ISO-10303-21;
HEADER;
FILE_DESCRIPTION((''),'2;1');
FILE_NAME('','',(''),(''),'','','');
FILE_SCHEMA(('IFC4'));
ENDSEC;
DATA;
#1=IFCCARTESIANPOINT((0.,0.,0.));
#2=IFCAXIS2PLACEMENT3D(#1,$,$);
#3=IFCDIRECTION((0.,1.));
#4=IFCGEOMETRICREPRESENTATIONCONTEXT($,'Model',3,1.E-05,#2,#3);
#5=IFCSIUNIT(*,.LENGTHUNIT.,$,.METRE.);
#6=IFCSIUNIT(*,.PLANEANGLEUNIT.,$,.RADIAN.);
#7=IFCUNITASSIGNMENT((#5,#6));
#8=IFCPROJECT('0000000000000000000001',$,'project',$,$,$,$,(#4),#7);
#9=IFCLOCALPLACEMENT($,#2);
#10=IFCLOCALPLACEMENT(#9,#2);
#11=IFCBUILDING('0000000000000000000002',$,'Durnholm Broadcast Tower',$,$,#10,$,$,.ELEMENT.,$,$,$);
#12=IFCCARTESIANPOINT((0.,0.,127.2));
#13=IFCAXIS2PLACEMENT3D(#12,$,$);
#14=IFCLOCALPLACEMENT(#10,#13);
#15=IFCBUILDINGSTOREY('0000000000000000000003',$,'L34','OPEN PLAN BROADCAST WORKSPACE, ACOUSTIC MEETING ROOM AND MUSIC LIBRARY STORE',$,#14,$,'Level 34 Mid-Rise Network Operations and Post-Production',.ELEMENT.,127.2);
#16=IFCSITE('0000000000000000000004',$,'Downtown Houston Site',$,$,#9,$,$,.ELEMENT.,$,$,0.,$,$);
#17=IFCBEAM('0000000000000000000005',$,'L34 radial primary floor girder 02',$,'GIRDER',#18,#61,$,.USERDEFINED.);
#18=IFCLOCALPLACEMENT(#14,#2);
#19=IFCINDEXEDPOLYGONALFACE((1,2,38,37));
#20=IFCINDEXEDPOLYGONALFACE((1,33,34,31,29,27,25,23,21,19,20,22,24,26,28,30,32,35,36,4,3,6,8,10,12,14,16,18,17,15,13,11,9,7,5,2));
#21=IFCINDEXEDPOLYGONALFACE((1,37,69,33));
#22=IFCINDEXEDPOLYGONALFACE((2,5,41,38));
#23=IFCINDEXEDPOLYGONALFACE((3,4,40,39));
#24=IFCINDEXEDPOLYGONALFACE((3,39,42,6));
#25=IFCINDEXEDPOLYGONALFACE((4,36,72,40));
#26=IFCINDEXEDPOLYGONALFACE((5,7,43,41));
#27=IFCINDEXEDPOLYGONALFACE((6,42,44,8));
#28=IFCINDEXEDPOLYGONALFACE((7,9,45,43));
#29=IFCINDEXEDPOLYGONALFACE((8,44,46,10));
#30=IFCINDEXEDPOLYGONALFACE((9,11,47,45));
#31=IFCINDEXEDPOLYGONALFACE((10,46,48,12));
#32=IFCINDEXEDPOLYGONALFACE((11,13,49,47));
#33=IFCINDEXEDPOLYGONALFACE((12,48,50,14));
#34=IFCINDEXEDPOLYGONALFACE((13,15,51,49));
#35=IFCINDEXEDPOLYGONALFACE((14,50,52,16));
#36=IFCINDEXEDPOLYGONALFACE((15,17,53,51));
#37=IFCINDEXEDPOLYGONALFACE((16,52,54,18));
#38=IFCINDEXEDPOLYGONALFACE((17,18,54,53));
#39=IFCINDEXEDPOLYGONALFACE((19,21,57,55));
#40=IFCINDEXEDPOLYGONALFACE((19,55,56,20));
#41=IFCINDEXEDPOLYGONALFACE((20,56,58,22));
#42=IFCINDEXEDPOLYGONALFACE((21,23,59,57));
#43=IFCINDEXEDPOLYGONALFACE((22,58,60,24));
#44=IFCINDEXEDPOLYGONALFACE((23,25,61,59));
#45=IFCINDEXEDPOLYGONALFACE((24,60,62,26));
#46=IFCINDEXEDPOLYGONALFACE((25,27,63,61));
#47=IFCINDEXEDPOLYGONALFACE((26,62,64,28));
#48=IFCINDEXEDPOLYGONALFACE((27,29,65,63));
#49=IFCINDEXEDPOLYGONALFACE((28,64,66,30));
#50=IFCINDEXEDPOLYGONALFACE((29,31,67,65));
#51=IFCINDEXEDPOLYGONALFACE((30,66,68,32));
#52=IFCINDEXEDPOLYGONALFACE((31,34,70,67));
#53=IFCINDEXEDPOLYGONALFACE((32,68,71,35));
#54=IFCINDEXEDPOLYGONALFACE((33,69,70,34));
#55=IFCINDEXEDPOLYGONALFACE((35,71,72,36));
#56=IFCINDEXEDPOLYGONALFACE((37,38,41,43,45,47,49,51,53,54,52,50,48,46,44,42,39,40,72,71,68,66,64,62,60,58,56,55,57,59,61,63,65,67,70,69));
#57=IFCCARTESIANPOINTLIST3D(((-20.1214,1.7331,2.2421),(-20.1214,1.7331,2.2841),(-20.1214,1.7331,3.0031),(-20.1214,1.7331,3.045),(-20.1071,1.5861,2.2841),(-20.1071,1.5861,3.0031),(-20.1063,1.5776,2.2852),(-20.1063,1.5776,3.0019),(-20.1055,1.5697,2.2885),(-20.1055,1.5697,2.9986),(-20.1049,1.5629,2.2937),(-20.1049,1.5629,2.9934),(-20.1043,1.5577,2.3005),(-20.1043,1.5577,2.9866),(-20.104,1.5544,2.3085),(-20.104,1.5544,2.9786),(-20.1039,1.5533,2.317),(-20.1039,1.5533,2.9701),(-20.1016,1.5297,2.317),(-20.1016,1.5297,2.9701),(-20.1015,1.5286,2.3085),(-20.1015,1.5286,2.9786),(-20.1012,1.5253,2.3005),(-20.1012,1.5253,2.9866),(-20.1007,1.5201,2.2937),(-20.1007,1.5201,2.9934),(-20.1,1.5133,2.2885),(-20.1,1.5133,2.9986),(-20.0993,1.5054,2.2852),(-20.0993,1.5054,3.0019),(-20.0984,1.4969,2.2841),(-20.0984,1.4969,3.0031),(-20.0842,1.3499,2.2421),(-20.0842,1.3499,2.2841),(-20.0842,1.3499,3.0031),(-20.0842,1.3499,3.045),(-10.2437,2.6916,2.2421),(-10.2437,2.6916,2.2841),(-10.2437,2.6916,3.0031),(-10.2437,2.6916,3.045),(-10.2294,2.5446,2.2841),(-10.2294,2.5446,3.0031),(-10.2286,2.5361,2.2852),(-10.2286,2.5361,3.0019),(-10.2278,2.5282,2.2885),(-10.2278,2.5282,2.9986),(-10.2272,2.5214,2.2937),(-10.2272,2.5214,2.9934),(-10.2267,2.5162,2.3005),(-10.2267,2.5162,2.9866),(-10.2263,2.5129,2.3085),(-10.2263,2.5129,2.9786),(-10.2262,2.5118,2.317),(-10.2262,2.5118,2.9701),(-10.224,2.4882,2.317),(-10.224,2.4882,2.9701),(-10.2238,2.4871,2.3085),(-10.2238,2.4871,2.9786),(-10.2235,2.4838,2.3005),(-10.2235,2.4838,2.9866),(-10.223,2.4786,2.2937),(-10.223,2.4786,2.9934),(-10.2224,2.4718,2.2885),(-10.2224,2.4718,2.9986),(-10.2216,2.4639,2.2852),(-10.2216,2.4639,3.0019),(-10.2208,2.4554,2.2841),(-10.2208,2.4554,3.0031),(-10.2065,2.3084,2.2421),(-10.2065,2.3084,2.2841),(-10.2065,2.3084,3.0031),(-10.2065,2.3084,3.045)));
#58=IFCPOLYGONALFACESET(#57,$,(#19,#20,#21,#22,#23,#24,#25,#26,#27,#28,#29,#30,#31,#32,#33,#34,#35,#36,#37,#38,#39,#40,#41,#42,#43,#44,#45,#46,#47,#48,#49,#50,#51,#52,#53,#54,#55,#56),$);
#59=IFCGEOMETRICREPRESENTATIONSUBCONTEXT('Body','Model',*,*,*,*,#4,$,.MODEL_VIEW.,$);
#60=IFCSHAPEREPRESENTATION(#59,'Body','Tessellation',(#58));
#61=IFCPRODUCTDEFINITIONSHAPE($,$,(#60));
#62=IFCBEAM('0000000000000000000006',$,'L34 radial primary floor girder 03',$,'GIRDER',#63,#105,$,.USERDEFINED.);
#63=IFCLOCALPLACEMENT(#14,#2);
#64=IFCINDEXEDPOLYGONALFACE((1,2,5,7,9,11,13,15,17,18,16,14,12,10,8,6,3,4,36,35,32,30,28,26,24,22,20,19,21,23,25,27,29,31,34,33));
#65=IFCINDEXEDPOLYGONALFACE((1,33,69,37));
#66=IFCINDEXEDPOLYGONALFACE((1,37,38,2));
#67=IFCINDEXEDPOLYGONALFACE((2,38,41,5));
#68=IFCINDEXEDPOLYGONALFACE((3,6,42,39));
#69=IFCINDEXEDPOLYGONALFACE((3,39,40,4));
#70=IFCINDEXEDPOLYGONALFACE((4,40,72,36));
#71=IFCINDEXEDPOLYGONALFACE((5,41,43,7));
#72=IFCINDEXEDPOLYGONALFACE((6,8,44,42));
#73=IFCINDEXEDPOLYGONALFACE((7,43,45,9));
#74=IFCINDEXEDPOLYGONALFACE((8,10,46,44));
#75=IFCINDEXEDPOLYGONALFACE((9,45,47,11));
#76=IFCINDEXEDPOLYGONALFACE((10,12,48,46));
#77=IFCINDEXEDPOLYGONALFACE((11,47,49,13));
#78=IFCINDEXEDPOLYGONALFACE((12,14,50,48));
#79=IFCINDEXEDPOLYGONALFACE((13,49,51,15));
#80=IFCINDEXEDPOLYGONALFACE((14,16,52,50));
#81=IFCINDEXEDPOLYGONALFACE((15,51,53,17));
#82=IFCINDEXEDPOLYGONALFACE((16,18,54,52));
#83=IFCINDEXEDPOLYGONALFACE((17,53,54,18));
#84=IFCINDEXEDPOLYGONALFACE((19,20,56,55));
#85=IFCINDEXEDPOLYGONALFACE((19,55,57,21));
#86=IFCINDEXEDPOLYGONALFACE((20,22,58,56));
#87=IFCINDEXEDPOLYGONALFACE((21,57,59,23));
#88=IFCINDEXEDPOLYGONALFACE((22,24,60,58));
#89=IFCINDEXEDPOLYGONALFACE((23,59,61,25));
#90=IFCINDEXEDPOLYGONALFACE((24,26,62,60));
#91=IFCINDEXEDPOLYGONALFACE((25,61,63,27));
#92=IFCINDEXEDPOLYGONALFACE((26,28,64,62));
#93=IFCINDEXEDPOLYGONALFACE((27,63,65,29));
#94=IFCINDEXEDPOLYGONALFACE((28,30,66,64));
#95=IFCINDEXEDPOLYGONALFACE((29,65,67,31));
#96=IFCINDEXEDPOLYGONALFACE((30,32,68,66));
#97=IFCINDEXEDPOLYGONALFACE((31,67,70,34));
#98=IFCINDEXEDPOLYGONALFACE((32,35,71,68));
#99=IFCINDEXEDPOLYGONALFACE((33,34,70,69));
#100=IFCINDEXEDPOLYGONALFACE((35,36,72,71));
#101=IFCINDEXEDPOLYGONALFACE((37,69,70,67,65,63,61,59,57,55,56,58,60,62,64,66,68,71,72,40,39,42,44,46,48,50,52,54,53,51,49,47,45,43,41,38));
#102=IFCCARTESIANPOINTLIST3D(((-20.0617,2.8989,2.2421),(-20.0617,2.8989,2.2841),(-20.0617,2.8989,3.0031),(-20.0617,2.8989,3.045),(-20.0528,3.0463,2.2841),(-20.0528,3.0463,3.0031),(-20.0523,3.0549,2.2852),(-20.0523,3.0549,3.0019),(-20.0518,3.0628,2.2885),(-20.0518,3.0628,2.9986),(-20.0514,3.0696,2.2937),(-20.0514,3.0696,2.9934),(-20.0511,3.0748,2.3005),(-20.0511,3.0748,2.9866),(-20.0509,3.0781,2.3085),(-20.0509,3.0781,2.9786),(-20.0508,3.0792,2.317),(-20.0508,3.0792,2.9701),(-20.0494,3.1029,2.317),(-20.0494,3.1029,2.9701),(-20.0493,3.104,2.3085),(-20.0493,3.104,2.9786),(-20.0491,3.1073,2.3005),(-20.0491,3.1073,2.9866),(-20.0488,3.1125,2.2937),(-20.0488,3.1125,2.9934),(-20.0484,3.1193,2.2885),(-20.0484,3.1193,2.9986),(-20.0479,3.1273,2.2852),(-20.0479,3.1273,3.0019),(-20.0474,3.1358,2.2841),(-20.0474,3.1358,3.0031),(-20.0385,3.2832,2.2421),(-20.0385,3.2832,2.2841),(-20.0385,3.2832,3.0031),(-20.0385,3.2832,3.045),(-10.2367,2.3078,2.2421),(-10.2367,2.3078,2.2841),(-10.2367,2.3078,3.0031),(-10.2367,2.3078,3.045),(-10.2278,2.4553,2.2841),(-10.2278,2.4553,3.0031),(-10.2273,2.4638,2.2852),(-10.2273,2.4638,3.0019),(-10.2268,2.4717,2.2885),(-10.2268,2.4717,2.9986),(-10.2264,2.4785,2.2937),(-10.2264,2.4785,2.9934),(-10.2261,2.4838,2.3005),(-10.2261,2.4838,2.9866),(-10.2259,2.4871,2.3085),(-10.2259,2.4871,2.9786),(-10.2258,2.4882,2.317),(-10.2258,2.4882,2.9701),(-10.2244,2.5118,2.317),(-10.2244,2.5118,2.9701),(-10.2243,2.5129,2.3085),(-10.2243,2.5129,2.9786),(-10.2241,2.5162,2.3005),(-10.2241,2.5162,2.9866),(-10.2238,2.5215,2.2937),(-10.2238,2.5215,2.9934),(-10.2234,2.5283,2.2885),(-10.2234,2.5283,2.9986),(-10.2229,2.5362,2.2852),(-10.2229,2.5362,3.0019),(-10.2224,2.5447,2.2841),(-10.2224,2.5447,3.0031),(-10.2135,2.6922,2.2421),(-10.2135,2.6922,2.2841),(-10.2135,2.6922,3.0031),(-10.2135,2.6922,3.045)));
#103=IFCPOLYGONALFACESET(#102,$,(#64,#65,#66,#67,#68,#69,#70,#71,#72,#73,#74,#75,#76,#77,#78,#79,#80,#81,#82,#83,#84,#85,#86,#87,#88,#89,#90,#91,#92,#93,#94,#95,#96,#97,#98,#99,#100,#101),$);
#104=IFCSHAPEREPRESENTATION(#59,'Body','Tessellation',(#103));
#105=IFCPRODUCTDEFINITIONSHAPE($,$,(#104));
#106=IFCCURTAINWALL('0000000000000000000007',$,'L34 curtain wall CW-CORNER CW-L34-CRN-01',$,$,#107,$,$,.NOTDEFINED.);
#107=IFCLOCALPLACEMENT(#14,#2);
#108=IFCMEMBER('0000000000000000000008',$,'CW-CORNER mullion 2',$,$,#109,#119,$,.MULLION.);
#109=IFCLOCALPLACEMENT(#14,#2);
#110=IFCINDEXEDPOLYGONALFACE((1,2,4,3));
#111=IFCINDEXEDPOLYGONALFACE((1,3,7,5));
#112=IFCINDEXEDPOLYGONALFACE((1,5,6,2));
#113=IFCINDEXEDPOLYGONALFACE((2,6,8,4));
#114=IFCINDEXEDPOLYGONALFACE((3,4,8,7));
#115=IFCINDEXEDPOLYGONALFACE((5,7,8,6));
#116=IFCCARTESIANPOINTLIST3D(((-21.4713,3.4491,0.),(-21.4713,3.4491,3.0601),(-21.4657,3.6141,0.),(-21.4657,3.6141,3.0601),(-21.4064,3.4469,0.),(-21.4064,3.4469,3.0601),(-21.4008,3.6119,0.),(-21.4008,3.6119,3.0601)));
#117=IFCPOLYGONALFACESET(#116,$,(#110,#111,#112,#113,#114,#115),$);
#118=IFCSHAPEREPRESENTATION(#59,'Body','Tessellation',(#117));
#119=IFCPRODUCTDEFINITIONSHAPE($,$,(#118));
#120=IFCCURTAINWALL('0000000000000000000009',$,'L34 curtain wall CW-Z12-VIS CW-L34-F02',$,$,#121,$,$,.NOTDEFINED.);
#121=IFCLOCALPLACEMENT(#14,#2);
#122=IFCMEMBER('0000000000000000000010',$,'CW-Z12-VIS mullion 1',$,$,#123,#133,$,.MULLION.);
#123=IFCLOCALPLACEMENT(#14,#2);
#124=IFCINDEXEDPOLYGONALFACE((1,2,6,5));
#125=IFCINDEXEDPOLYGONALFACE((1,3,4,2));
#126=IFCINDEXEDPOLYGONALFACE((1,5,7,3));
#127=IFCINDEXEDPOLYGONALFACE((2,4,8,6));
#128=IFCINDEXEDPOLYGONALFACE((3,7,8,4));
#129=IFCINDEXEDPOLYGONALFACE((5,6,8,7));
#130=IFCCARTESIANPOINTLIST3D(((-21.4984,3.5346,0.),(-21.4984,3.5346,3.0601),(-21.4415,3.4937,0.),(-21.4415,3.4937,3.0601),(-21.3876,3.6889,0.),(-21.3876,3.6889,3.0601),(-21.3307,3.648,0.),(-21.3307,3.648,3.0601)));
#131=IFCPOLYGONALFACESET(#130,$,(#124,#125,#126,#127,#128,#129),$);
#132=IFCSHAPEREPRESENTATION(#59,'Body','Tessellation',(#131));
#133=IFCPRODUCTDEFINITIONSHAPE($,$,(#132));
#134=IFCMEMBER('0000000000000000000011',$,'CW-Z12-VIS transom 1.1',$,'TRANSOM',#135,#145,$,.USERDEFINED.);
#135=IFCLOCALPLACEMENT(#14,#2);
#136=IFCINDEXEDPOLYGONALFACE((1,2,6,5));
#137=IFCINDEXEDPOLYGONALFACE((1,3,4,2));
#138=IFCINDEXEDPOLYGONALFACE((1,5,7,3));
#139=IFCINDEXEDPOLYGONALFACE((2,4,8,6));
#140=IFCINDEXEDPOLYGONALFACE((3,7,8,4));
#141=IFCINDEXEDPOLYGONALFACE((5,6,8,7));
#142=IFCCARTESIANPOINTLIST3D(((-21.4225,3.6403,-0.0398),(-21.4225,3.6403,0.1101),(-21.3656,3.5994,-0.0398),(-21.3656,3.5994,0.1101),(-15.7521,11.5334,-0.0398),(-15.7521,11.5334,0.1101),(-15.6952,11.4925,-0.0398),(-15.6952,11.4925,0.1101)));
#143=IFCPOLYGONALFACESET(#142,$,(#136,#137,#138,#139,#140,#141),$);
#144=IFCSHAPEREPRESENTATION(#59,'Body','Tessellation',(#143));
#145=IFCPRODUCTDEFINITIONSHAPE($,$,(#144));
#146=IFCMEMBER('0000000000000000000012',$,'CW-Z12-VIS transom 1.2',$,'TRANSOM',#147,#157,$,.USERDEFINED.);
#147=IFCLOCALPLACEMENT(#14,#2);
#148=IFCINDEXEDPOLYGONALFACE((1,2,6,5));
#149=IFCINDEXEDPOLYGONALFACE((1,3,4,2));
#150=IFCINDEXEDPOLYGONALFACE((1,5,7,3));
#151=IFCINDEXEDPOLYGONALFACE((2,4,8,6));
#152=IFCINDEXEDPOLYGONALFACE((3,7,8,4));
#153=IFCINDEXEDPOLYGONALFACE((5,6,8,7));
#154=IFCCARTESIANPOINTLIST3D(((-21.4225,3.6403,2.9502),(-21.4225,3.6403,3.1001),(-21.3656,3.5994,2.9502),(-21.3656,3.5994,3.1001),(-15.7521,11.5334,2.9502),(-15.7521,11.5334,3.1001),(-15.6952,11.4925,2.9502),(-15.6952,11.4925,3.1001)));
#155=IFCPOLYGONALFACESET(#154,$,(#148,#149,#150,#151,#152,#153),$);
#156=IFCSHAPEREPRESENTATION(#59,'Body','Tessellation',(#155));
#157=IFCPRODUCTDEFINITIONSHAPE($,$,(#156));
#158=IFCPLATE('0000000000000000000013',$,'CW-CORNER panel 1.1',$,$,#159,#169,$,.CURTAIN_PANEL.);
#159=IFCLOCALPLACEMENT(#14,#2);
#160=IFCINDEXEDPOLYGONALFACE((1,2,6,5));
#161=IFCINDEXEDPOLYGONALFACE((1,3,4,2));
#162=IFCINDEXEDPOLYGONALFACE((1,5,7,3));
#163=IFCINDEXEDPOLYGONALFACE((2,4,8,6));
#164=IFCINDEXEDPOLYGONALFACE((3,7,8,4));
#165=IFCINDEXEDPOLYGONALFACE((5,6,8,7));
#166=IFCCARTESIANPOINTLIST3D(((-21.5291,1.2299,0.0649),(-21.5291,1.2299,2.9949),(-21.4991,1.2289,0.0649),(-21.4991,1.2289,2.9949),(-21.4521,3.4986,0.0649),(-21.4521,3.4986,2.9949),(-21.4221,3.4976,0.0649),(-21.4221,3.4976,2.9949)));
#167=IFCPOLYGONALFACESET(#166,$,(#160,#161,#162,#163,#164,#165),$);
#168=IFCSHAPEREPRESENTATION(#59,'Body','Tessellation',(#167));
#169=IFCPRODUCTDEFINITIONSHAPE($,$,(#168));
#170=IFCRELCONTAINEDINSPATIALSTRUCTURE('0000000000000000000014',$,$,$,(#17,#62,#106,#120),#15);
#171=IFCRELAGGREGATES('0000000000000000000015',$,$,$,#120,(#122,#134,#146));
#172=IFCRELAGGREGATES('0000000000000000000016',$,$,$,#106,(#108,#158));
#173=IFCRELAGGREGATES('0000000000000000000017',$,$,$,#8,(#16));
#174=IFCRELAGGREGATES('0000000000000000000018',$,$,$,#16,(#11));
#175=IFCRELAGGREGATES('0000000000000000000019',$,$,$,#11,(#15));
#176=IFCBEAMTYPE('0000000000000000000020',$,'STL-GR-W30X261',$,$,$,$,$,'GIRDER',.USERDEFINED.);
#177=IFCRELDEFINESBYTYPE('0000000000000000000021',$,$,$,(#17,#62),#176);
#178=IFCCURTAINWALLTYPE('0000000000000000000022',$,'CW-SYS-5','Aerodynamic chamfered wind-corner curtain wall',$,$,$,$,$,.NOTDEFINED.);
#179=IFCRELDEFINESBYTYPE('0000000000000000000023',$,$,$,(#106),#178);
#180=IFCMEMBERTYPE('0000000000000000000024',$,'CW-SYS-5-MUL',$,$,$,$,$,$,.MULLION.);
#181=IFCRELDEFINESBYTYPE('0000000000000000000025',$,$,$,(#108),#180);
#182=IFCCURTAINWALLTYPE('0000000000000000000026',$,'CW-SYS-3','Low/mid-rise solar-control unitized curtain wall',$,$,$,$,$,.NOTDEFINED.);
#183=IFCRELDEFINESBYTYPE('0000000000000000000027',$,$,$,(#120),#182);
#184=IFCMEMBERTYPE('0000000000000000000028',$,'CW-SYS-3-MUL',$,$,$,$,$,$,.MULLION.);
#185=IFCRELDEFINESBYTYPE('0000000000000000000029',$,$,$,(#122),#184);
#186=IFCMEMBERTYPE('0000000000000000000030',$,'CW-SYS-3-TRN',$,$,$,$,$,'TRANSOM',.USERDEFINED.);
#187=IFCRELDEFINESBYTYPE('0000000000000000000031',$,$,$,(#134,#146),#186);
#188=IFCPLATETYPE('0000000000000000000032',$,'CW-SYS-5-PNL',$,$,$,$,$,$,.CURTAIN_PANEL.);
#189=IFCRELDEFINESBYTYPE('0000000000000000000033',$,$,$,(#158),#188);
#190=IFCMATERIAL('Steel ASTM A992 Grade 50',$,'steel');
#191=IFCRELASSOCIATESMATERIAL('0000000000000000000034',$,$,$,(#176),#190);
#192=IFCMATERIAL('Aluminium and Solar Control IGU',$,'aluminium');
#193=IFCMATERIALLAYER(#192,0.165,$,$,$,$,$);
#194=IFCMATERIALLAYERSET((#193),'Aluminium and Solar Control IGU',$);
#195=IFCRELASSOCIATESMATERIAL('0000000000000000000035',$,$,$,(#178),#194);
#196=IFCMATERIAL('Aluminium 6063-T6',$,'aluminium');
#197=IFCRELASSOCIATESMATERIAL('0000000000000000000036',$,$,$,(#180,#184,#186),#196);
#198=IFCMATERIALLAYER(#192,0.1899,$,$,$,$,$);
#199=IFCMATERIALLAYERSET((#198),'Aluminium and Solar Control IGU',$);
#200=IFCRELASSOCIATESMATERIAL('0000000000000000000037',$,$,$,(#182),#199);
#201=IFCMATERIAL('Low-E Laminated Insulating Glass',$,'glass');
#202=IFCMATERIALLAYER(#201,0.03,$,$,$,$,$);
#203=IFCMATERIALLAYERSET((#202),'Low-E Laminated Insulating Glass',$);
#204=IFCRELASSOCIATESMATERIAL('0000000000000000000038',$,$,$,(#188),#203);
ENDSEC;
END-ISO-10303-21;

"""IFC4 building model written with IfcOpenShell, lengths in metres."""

from ifc_helpers import new_model, si_unit, direction, frame, origin, origin_2d, place, context, subcontext, project, spatial, rectangle, i_section, extrude, source, transform, mapped, material, layer, layer_set, material_profile, profile_set, type_object, type_shapes, element, aggregate, save


model = new_model("IFC4")

# Units and contexts
model_context = context("Model", 3, precision=1e-05, world=origin(), true_north=direction((0.0, 1.0)))
body_context = subcontext(model_context, "Body", "Model", "MODEL_VIEW")
ifc_project = project(units=[si_unit("LENGTHUNIT", "METRE"), si_unit("PLANEANGLEUNIT", "RADIAN")], contexts=[model_context])

# Site, building, storey
site_placement = place(None, origin())
site = spatial("IfcSite", under=ifc_project, at=site_placement, Name="Downtown Houston Site", CompositionType="ELEMENT", RefElevation=0.0)
building_placement = place(site_placement, origin())
building = spatial("IfcBuilding", under=site, at=building_placement, Name="Durnholm Broadcast Tower", CompositionType="ELEMENT")
storey_placement = place(building_placement, frame((0.0, 0.0, 127.2)))
storey = spatial("IfcBuildingStorey", under=building, at=storey_placement, Name="L34", Description="OPEN PLAN BROADCAST WORKSPACE, ACOUSTIC MEETING ROOM AND MUSIC LIBRARY STORE", LongName="Level 34 Mid-Rise Network Operations and Post-Production", CompositionType="ELEMENT", Elevation=127.2)

# Beams
ifc_material_1 = material(Name="Steel ASTM A992 Grade 50", Category="steel")
ifc_material_profile_1 = material_profile(ifc_material_1, i_section(OverallWidth=0.385, OverallDepth=0.803, WebThickness=0.0237, FlangeThickness=0.042, FilletRadius=0.033, at=origin_2d()), Name="W30X261")
ifc_profile_set_1 = profile_set([ifc_material_profile_1], Name="Steel ASTM A992 Grade 50")
beam_type_1 = type_object("IfcBeamType", Name="STL-GR-W30X261", ElementType="GIRDER", PredefinedType="USERDEFINED", material=ifc_profile_set_1)
shared_shape_1 = source(origin(), body_context, "Body", "SweptSolid", [
    extrude(i_section(OverallWidth=0.385, OverallDepth=0.803, WebThickness=0.0237, FlangeThickness=0.042, FilletRadius=0.033, at=origin_2d()), origin(), (0.0, 0.0, 1.0), 9.9241),
])
beam_1_placement = place(storey_placement, frame((-10.2251, 2.5, 2.6436), z_axis=(-0.995325, -0.096583, 0.0), x_axis=(0.096583, -0.995325, 0.0)))
element("IfcBeam", 1, at=beam_1_placement, inside=storey, type_object=beam_type_1, Name="L34 radial primary floor girder 02", ObjectType="GIRDER", PredefinedType="USERDEFINED", context=body_context, shape_type="MappedRepresentation", body=[
    mapped(shared_shape_1, transform((0.0, 0.0, 0.0), x_axis=(1.0, 0.0, 0.0), y_axis=(0.0, 1.0, 0.0), z_axis=(0.0, 0.0, 1.0), scale=1.0)),
])
shared_shape_2 = source(origin(), body_context, "Body", "SweptSolid", [
    extrude(i_section(OverallWidth=0.385, OverallDepth=0.803, WebThickness=0.0237, FlangeThickness=0.042, FilletRadius=0.033, at=origin_2d()), origin(), (0.0, 0.0, 1.0), 9.8428),
])
type_shapes(beam_type_1, [shared_shape_1, shared_shape_2])
beam_2_placement = place(storey_placement, frame((-10.2251, 2.5, 2.6436), z_axis=(-0.998195, 0.060051, 0.0), x_axis=(-0.060051, -0.998195, 0.0)))
element("IfcBeam", 2, at=beam_2_placement, inside=storey, type_object=beam_type_1, Name="L34 radial primary floor girder 03", ObjectType="GIRDER", PredefinedType="USERDEFINED", context=body_context, shape_type="MappedRepresentation", body=[
    mapped(shared_shape_2, transform((0.0, 0.0, 0.0), x_axis=(1.0, 0.0, 0.0), y_axis=(0.0, 1.0, 0.0), z_axis=(0.0, 0.0, 1.0), scale=1.0)),
])

# Curtain wall, member
ifc_material_2 = material(Name="Aluminium and Solar Control IGU", Category="aluminium")
ifc_layer_1 = layer(ifc_material_2, 0.165)
ifc_layer_set_1 = layer_set([ifc_layer_1], Name="Aluminium and Solar Control IGU")
curtain_wall_type_1 = type_object("IfcCurtainWallType", Name="CW-SYS-5", Description="Aerodynamic chamfered wind-corner curtain wall", PredefinedType="NOTDEFINED", material=ifc_layer_set_1)
curtain_wall_1_placement = place(storey_placement, origin())
curtain_wall_1 = element("IfcCurtainWall", 3, at=curtain_wall_1_placement, inside=storey, type_object=curtain_wall_type_1, Name="L34 curtain wall CW-CORNER CW-L34-CRN-01", PredefinedType="NOTDEFINED")
ifc_material_3 = material(Name="Aluminium 6063-T6", Category="aluminium")
ifc_material_profile_2 = material_profile(ifc_material_3, rectangle(XDim=0.0649, YDim=0.165, at=origin_2d()), Name="CWM65X165")
ifc_profile_set_2 = profile_set([ifc_material_profile_2], Name="Aluminium 6063-T6")
member_type_1 = type_object("IfcMemberType", Name="CW-SYS-5-MUL", PredefinedType="MULLION", material=ifc_profile_set_2)
shared_shape_3 = source(origin(), body_context, "Body", "SweptSolid", [
    extrude(rectangle(XDim=0.0649, YDim=0.165, at=origin_2d()), origin(), (0.0, 0.0, 1.0), 3.0601),
])
type_shapes(member_type_1, [shared_shape_3])
member_1_placement = place(storey_placement, frame((-21.436, 3.5305, 0.0), z_axis=(0.0, 0.0, 1.0), x_axis=(-0.999425, 0.033917, 0.0)))
member_1 = element("IfcMember", 4, at=member_1_placement, type_object=member_type_1, Name="CW-CORNER mullion 2", PredefinedType="MULLION", context=body_context, shape_type="MappedRepresentation", body=[
    mapped(shared_shape_3, transform((0.0, 0.0, 0.0), x_axis=(1.0, 0.0, 0.0), y_axis=(0.0, 1.0, 0.0), z_axis=(0.0, 0.0, 1.0), scale=1.0)),
])

# Curtain wall, members
ifc_layer_2 = layer(ifc_material_2, 0.1899)
ifc_layer_set_2 = layer_set([ifc_layer_2], Name="Aluminium and Solar Control IGU")
curtain_wall_type_2 = type_object("IfcCurtainWallType", Name="CW-SYS-3", Description="Low/mid-rise solar-control unitized curtain wall", PredefinedType="NOTDEFINED", material=ifc_layer_set_2)
curtain_wall_2_placement = place(storey_placement, origin())
curtain_wall_2 = element("IfcCurtainWall", 5, at=curtain_wall_2_placement, inside=storey, type_object=curtain_wall_type_2, Name="L34 curtain wall CW-Z12-VIS CW-L34-F02", PredefinedType="NOTDEFINED")
ifc_material_profile_3 = material_profile(ifc_material_3, rectangle(XDim=0.0701, YDim=0.1899, at=origin_2d()), Name="CWM70X190")
ifc_profile_set_3 = profile_set([ifc_material_profile_3], Name="Aluminium 6063-T6")
member_type_2 = type_object("IfcMemberType", Name="CW-SYS-3-MUL", PredefinedType="MULLION", material=ifc_profile_set_3)
shared_shape_4 = source(origin(), body_context, "Body", "SweptSolid", [
    extrude(rectangle(XDim=0.0701, YDim=0.1899, at=origin_2d()), origin(), (0.0, 0.0, 1.0), 3.0601),
])
type_shapes(member_type_2, [shared_shape_4])
member_2_placement = place(storey_placement, frame((-21.4146, 3.5913, 0.0), z_axis=(0.0, 0.0, 1.0), x_axis=(-0.812152, 0.583445, 0.0)))
member_2 = element("IfcMember", 6, at=member_2_placement, type_object=member_type_2, Name="CW-Z12-VIS mullion 1", PredefinedType="MULLION", context=body_context, shape_type="MappedRepresentation", body=[
    mapped(shared_shape_4, transform((0.0, 0.0, 0.0), x_axis=(1.0, 0.0, 0.0), y_axis=(0.0, 1.0, 0.0), z_axis=(0.0, 0.0, 1.0), scale=1.0)),
])
ifc_material_profile_4 = material_profile(ifc_material_3, rectangle(XDim=0.0701, YDim=0.1499, at=origin_2d()), Name="CWT70X150")
ifc_profile_set_4 = profile_set([ifc_material_profile_4], Name="Aluminium 6063-T6")
member_type_3 = type_object("IfcMemberType", Name="CW-SYS-3-TRN", ElementType="TRANSOM", PredefinedType="USERDEFINED", material=ifc_profile_set_4)
shared_shape_5 = source(origin(), body_context, "Body", "SweptSolid", [
    extrude(rectangle(XDim=0.0701, YDim=0.1499, at=origin_2d()), origin(), (0.0, 0.0, 1.0), 9.7188),
])
type_shapes(member_type_3, [shared_shape_5])
member_3_placement = place(storey_placement, frame((-21.394, 3.6199, 0.0352), z_axis=(0.583451, 0.812149, 0.0), x_axis=(-0.812149, 0.583451, 0.0)))
member_3 = element("IfcMember", 7, at=member_3_placement, type_object=member_type_3, Name="CW-Z12-VIS transom 1.1", ObjectType="TRANSOM", PredefinedType="USERDEFINED", context=body_context, shape_type="MappedRepresentation", body=[
    mapped(shared_shape_5, transform((0.0, 0.0, 0.0), x_axis=(1.0, 0.0, 0.0), y_axis=(0.0, 1.0, 0.0), z_axis=(0.0, 0.0, 1.0), scale=1.0)),
])
member_4_placement = place(storey_placement, frame((-21.394, 3.6199, 3.0251), z_axis=(0.583451, 0.812149, 0.0), x_axis=(-0.812149, 0.583451, 0.0)))
member_4 = element("IfcMember", 8, at=member_4_placement, type_object=member_type_3, Name="CW-Z12-VIS transom 1.2", ObjectType="TRANSOM", PredefinedType="USERDEFINED", context=body_context, shape_type="MappedRepresentation", body=[
    mapped(shared_shape_5, transform((0.0, 0.0, 0.0), x_axis=(1.0, 0.0, 0.0), y_axis=(0.0, 1.0, 0.0), z_axis=(0.0, 0.0, 1.0), scale=1.0)),
])
aggregate(curtain_wall_2, [member_2, member_3, member_4])

# Plate
ifc_material_4 = material(Name="Low-E Laminated Insulating Glass", Category="glass")
ifc_layer_3 = layer(ifc_material_4, 0.03)
ifc_layer_set_3 = layer_set([ifc_layer_3], Name="Low-E Laminated Insulating Glass")
plate_type = type_object("IfcPlateType", Name="CW-SYS-5-PNL", PredefinedType="CURTAIN_PANEL", material=ifc_layer_set_3)
shared_shape_6 = source(origin(), body_context, "Body", "SweptSolid", [
    extrude(rectangle(XDim=2.27, YDim=0.03, at=origin_2d()), origin(), (0.0, 0.0, 1.0), 2.9299),
])
type_shapes(plate_type, [shared_shape_6])
plate_placement = place(storey_placement, frame((-21.4756, 2.3638, 0.0649), z_axis=(0.0, 0.0, 1.0), x_axis=(0.033917, 0.999425, 0.0)))
plate = element("IfcPlate", 9, at=plate_placement, type_object=plate_type, Name="CW-CORNER panel 1.1", PredefinedType="CURTAIN_PANEL", context=body_context, shape_type="MappedRepresentation", body=[
    mapped(shared_shape_6, transform((0.0, 0.0, 0.0), x_axis=(1.0, 0.0, 0.0), y_axis=(0.0, 1.0, 0.0), z_axis=(0.0, 0.0, 1.0), scale=1.0)),
])
aggregate(curtain_wall_1, [member_1, plate])

save(model, "model.ifc")
